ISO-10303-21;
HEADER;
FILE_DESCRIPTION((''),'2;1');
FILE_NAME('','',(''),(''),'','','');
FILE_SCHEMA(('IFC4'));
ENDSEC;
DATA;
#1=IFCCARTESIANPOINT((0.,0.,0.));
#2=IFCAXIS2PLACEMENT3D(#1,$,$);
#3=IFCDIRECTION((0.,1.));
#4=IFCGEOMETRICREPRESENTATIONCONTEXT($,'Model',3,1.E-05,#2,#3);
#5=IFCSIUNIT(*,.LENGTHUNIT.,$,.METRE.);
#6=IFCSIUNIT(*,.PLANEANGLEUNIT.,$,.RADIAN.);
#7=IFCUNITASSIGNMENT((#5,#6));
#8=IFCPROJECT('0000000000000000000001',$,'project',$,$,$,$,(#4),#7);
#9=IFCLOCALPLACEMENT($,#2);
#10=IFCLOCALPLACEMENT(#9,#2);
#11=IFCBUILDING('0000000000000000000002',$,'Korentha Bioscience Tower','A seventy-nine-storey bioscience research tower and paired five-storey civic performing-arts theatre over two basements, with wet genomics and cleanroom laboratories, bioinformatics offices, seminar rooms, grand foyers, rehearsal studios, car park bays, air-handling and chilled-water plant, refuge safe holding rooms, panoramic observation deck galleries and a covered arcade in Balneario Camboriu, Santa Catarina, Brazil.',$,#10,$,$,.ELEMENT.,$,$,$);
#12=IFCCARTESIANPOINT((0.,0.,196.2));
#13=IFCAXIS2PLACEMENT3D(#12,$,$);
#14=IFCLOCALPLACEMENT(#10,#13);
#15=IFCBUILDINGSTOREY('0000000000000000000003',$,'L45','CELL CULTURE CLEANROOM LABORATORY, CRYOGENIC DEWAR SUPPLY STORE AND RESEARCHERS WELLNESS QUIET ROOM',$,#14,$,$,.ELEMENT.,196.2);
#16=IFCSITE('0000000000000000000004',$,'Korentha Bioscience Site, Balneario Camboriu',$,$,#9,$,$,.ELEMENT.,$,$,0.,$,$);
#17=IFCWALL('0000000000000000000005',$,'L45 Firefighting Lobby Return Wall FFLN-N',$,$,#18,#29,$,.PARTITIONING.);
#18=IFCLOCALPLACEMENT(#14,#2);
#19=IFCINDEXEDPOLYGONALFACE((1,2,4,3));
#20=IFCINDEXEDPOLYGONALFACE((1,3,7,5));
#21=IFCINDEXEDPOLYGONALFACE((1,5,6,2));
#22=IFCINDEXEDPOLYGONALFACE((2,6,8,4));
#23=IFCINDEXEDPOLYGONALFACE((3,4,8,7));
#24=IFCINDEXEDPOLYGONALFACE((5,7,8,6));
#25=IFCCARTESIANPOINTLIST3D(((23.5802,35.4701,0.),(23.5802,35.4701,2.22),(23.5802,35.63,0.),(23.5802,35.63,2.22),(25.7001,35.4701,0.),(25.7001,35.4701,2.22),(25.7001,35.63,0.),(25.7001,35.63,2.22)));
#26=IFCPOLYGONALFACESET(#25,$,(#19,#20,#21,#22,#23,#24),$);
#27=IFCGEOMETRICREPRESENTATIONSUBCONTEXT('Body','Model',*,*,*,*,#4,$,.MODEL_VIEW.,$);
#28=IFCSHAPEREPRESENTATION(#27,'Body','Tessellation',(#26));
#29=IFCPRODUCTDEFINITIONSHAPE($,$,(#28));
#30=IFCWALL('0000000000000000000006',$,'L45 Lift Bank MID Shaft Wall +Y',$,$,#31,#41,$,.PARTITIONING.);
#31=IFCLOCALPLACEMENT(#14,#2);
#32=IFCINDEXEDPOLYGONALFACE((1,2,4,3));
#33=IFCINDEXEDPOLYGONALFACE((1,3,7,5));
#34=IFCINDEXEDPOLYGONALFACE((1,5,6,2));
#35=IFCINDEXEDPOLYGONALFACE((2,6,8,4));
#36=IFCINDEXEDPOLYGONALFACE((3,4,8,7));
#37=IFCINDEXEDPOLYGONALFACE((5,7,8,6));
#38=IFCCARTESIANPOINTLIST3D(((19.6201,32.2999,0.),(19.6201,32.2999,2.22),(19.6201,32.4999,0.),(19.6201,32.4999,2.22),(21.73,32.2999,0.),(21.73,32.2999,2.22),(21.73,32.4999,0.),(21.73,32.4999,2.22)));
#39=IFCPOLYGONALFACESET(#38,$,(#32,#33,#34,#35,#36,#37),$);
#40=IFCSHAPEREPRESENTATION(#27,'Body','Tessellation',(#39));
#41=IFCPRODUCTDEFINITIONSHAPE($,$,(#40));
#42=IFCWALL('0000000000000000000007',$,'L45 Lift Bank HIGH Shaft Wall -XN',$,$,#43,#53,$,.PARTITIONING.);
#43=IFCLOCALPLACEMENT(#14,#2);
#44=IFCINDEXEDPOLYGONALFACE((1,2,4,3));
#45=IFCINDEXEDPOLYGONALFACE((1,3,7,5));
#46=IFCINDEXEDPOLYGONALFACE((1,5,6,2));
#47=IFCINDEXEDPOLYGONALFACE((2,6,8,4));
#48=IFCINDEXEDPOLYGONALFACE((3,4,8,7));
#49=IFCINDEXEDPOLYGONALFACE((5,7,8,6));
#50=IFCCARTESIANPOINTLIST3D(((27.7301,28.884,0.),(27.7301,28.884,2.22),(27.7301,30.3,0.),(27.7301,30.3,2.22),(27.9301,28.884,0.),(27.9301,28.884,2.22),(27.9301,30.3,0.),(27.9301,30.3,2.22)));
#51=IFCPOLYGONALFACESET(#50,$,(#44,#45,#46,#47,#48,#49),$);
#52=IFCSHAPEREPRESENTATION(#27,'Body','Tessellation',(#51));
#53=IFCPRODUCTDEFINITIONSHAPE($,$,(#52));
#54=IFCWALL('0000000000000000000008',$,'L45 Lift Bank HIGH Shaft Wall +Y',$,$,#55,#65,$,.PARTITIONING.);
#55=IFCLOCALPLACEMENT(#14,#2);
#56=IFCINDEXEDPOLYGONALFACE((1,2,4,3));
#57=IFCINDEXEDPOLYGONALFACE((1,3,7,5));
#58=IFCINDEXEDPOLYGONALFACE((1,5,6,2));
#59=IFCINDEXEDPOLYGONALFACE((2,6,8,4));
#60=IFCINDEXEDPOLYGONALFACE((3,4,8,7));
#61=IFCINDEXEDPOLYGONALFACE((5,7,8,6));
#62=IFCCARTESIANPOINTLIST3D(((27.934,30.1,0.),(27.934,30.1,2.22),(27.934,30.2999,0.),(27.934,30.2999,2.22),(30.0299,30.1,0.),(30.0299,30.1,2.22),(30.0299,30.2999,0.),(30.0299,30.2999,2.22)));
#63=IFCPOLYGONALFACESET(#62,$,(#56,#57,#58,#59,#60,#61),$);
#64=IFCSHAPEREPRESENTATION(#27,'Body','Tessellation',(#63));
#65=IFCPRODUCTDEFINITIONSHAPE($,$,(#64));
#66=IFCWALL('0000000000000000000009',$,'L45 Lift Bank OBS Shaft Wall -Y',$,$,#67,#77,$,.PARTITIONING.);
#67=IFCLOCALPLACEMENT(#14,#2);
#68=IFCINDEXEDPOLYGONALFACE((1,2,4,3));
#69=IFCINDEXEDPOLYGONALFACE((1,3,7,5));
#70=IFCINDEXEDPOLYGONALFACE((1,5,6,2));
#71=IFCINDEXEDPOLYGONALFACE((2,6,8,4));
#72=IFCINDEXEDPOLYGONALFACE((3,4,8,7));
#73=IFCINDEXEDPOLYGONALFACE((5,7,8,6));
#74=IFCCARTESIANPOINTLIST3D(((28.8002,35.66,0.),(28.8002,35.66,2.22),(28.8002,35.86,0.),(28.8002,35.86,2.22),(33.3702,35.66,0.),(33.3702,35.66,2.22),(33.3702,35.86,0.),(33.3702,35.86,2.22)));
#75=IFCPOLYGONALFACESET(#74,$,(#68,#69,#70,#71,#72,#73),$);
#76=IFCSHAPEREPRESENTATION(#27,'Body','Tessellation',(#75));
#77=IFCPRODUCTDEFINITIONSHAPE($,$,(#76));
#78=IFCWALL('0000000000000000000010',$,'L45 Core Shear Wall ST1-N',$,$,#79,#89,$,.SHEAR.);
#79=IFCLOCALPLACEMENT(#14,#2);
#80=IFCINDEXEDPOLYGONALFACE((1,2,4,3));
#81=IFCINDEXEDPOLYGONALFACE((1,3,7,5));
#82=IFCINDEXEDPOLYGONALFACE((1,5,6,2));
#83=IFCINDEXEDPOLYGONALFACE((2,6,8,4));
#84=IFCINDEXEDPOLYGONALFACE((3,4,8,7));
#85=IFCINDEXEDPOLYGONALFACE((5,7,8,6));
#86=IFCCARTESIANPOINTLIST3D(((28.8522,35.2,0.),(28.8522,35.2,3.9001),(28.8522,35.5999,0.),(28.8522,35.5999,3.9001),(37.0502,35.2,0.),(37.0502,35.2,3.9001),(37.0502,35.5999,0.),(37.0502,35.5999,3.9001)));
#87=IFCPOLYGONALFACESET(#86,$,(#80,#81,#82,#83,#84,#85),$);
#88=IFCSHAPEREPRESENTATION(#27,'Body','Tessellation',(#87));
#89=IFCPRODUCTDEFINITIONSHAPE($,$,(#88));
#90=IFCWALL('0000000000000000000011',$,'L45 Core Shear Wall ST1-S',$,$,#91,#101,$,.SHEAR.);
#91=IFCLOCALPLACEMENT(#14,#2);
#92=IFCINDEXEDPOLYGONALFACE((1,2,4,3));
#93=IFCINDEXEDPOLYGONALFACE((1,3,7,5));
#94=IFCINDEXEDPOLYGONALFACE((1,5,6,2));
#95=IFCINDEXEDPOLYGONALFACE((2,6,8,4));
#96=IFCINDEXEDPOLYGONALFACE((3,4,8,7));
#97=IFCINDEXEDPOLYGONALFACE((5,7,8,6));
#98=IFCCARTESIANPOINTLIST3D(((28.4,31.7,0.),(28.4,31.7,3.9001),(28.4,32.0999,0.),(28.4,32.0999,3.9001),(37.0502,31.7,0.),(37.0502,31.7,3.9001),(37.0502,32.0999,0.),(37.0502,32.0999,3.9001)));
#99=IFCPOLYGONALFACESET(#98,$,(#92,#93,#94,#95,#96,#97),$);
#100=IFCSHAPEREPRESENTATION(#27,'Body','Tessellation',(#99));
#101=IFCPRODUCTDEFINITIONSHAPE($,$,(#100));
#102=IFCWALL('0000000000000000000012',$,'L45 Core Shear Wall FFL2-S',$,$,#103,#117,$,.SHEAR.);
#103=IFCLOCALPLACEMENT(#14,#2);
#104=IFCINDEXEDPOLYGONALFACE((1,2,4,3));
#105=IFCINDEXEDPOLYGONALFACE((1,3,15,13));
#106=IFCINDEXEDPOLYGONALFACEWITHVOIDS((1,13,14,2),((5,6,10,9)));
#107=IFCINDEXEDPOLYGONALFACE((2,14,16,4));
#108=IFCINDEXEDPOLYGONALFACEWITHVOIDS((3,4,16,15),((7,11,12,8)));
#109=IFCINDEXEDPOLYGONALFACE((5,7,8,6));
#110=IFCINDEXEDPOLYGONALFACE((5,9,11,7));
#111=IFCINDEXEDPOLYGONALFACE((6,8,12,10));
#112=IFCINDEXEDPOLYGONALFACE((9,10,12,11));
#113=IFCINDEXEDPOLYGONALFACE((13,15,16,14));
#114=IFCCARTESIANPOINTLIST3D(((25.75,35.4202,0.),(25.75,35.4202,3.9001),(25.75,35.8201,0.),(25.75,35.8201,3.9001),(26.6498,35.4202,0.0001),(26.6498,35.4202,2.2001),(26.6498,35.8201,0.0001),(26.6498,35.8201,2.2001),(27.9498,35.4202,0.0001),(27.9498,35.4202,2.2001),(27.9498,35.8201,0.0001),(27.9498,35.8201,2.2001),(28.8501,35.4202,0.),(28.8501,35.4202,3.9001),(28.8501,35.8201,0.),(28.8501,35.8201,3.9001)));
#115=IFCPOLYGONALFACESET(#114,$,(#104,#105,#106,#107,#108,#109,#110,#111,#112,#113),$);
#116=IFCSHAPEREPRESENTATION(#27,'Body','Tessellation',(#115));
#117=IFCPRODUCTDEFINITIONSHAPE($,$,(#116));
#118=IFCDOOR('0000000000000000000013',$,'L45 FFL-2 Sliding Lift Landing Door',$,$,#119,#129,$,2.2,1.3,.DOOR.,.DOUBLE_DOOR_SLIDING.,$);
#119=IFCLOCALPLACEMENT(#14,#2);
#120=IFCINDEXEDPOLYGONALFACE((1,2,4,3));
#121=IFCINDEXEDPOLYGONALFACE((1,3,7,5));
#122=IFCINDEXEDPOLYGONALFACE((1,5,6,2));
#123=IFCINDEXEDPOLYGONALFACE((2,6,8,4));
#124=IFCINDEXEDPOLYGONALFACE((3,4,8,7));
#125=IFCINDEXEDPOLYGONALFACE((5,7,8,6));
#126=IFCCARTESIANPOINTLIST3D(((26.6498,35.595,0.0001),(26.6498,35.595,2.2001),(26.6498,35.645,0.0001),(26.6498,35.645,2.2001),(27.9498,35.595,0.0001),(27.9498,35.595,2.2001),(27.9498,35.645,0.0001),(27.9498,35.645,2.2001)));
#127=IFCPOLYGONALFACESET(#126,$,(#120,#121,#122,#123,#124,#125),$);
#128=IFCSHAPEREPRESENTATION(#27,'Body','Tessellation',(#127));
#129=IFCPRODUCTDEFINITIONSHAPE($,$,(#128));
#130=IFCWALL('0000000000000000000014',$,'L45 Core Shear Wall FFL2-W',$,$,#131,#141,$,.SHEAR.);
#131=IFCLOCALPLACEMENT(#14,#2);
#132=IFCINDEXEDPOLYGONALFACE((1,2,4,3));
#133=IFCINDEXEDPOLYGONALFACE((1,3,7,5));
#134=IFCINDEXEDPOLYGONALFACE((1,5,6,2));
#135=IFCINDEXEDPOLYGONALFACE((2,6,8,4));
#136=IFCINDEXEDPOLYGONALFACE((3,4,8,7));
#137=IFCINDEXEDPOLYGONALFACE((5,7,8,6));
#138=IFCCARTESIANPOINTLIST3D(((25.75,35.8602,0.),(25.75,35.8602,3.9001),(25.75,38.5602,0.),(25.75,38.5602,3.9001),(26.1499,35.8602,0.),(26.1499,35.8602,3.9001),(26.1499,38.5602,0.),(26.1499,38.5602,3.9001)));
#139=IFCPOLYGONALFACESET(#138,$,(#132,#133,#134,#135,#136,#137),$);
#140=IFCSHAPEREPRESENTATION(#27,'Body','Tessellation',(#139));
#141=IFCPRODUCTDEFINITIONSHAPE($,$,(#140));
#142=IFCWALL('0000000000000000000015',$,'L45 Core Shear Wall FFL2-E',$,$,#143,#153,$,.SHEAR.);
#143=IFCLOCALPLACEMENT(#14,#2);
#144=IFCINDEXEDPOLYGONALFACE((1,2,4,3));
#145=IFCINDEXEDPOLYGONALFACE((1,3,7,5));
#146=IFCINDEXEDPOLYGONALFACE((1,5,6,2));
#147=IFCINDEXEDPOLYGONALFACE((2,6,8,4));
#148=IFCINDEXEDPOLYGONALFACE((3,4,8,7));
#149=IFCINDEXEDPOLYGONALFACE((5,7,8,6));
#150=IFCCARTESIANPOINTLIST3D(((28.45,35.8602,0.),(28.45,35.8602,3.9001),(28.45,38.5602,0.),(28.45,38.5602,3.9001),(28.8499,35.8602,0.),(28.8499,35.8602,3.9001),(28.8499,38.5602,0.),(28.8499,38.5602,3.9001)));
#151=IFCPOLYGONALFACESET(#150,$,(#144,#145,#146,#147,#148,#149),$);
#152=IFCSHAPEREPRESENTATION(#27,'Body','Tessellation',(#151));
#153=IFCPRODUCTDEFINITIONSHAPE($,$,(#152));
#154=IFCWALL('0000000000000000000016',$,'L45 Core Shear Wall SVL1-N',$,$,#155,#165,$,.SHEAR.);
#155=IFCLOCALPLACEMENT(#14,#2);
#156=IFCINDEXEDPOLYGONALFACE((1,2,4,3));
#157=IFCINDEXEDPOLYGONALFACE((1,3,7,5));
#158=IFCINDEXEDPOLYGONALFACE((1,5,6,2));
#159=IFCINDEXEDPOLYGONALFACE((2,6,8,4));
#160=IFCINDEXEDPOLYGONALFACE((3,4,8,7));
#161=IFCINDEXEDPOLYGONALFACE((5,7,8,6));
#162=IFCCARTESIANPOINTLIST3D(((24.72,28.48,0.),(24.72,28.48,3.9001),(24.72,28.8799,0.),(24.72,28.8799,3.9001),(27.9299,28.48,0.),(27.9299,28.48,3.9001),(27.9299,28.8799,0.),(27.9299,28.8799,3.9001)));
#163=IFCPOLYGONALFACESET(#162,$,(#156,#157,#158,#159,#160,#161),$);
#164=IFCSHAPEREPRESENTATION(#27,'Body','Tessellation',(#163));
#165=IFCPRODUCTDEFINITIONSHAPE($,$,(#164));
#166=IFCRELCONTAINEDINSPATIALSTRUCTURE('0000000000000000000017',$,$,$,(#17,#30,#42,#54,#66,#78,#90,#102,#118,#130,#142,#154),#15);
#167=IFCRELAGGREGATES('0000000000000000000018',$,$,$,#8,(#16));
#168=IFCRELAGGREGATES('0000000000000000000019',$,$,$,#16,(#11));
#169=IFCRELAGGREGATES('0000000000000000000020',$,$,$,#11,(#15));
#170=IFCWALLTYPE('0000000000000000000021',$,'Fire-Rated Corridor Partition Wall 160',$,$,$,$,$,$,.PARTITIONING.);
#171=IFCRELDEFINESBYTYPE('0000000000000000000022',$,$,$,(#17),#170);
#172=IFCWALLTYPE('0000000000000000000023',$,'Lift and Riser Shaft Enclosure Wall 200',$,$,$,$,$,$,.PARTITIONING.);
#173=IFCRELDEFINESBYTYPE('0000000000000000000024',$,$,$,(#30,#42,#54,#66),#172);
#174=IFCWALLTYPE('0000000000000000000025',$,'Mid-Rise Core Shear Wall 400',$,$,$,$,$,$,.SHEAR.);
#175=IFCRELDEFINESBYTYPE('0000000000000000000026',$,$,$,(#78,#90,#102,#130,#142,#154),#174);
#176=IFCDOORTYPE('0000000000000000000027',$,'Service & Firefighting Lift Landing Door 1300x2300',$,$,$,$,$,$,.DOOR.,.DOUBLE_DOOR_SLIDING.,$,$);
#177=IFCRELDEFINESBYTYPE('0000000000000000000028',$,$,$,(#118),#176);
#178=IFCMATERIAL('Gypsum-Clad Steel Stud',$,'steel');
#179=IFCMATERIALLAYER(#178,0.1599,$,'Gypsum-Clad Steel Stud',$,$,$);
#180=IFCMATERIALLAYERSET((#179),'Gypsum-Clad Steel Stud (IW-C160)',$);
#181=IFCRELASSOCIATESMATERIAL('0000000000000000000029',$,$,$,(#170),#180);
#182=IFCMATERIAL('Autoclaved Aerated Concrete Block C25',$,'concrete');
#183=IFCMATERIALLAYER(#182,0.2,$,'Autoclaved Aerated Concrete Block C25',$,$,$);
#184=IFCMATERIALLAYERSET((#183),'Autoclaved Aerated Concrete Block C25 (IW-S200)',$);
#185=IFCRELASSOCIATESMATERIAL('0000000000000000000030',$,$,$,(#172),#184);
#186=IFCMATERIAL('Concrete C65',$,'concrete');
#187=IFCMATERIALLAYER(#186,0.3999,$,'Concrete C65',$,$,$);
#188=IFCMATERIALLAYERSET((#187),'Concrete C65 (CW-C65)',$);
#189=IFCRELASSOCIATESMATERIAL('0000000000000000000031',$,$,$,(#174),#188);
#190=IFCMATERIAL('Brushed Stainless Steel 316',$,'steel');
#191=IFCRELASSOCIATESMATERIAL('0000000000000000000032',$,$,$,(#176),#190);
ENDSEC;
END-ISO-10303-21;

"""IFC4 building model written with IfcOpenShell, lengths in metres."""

from ifc_helpers import new_model, si_unit, direction, frame, frame_2d, origin, place, context, subcontext, project, spatial, rectangle, extrude, material, layer, layer_set, type_object, element, fill, save


model = new_model("IFC4")

# Units and contexts
model_context = context("Model", 3, precision=1e-05, world=origin(), true_north=direction((0.0, 1.0)))
body_context = subcontext(model_context, "Body", "Model", "MODEL_VIEW")
ifc_project = project(units=[si_unit("LENGTHUNIT", "METRE"), si_unit("PLANEANGLEUNIT", "RADIAN")], contexts=[model_context])

# Site, building, storey
site_placement = place(None, origin())
site = spatial("IfcSite", under=ifc_project, at=site_placement, Name="Korentha Bioscience Site, Balneario Camboriu", CompositionType="ELEMENT", RefElevation=0.0)
building_placement = place(site_placement, origin())
building = spatial("IfcBuilding", under=site, at=building_placement, Name="Korentha Bioscience Tower", Description="A seventy-nine-storey bioscience research tower and paired five-storey civic performing-arts theatre over two basements, with wet genomics and cleanroom laboratories, bioinformatics offices, seminar rooms, grand foyers, rehearsal studios, car park bays, air-handling and chilled-water plant, refuge safe holding rooms, panoramic observation deck galleries and a covered arcade in Balneario Camboriu, Santa Catarina, Brazil.", CompositionType="ELEMENT")
storey_placement = place(building_placement, frame((0.0, 0.0, 196.2)))
storey = spatial("IfcBuildingStorey", under=building, at=storey_placement, Name="L45", Description="CELL CULTURE CLEANROOM LABORATORY, CRYOGENIC DEWAR SUPPLY STORE AND RESEARCHERS WELLNESS QUIET ROOM", CompositionType="ELEMENT", Elevation=196.2)

# Shared definitions
ifc_material_1 = material(Name="Concrete C65", Category="concrete")

# Shared definitions
ifc_material_2 = material(Name="Gypsum-Clad Steel Stud", Category="steel")
ifc_layer_1 = layer(ifc_material_2, 0.1599, Name="Gypsum-Clad Steel Stud")
ifc_layer_set_1 = layer_set([ifc_layer_1], Name="Gypsum-Clad Steel Stud (IW-C160)")
wall_type_1 = type_object("IfcWallType", Name="Fire-Rated Corridor Partition Wall 160", PredefinedType="PARTITIONING", material=ifc_layer_set_1)

# Walls
wall_1_placement = place(storey_placement, frame((23.5801, 35.55, 0.0), z_axis=(0.0, 0.0, 1.0), x_axis=(1.0, 0.0, 0.0)))
element("IfcWall", 1, at=wall_1_placement, inside=storey, type_object=wall_type_1, Name="L45 Firefighting Lobby Return Wall FFLN-N", PredefinedType="PARTITIONING", context=body_context, shape_type="SweptSolid", body=[
    extrude(rectangle(XDim=2.1199, YDim=0.1599, at=frame_2d((1.0601, 0.0))), origin(), (0.0, 0.0, 1.0), 2.22),
])
ifc_material_3 = material(Name="Autoclaved Aerated Concrete Block C25", Category="concrete")
ifc_layer_2 = layer(ifc_material_3, 0.2, Name="Autoclaved Aerated Concrete Block C25")
ifc_layer_set_2 = layer_set([ifc_layer_2], Name="Autoclaved Aerated Concrete Block C25 (IW-S200)")
wall_type_2 = type_object("IfcWallType", Name="Lift and Riser Shaft Enclosure Wall 200", PredefinedType="PARTITIONING", material=ifc_layer_set_2)
wall_2_placement = place(storey_placement, frame((19.6201, 32.3999, 0.0), z_axis=(0.0, 0.0, 1.0), x_axis=(1.0, 0.0, 0.0)))
element("IfcWall", 2, at=wall_2_placement, inside=storey, type_object=wall_type_2, Name="L45 Lift Bank MID Shaft Wall +Y", PredefinedType="PARTITIONING", context=body_context, shape_type="SweptSolid", body=[
    extrude(rectangle(XDim=2.1099, YDim=0.2, at=frame_2d((1.0549, 0.0))), origin(), (0.0, 0.0, 1.0), 2.22),
])
wall_3_placement = place(storey_placement, frame((27.8301, 28.884, 0.0), z_axis=(0.0, 0.0, 1.0), x_axis=(0.0, 1.0, 0.0)))
element("IfcWall", 3, at=wall_3_placement, inside=storey, type_object=wall_type_2, Name="L45 Lift Bank HIGH Shaft Wall -XN", PredefinedType="PARTITIONING", context=body_context, shape_type="SweptSolid", body=[
    extrude(rectangle(XDim=1.416, YDim=0.2, at=frame_2d((0.708, 0.0))), origin(), (0.0, 0.0, 1.0), 2.22),
])
wall_4_placement = place(storey_placement, frame((27.9341, 30.2, 0.0), z_axis=(0.0, 0.0, 1.0), x_axis=(1.0, 0.0, 0.0)))
element("IfcWall", 4, at=wall_4_placement, inside=storey, type_object=wall_type_2, Name="L45 Lift Bank HIGH Shaft Wall +Y", PredefinedType="PARTITIONING", context=body_context, shape_type="SweptSolid", body=[
    extrude(rectangle(XDim=2.0959, YDim=0.2, at=frame_2d((1.0479, 0.0))), origin(), (0.0, 0.0, 1.0), 2.22),
])
wall_5_placement = place(storey_placement, frame((28.8, 35.76, 0.0), z_axis=(0.0, 0.0, 1.0), x_axis=(1.0, 0.0, 0.0)))
element("IfcWall", 5, at=wall_5_placement, inside=storey, type_object=wall_type_2, Name="L45 Lift Bank OBS Shaft Wall -Y", PredefinedType="PARTITIONING", context=body_context, shape_type="SweptSolid", body=[
    extrude(rectangle(XDim=4.5701, YDim=0.2, at=frame_2d((2.2852, 0.0))), origin(), (0.0, 0.0, 1.0), 2.22),
])
ifc_layer_3 = layer(ifc_material_1, 0.3999, Name="Concrete C65")
ifc_layer_set_3 = layer_set([ifc_layer_3], Name="Concrete C65 (CW-C65)")
wall_type_3 = type_object("IfcWallType", Name="Mid-Rise Core Shear Wall 400", PredefinedType="SHEAR", material=ifc_layer_set_3)
wall_6_placement = place(storey_placement, frame((28.8521, 35.3999, 0.0), z_axis=(0.0, 0.0, 1.0), x_axis=(1.0, 0.0, 0.0)))
element("IfcWall", 6, at=wall_6_placement, inside=storey, type_object=wall_type_3, Name="L45 Core Shear Wall ST1-N", PredefinedType="SHEAR", context=body_context, shape_type="SweptSolid", body=[
    extrude(rectangle(XDim=8.198, YDim=0.3999, at=frame_2d((4.0991, 0.0))), origin(), (0.0, 0.0, 1.0), 3.9001),
])
wall_7_placement = place(storey_placement, frame((28.3999, 31.8999, 0.0), z_axis=(0.0, 0.0, 1.0), x_axis=(1.0, 0.0, 0.0)))
element("IfcWall", 7, at=wall_7_placement, inside=storey, type_object=wall_type_3, Name="L45 Core Shear Wall ST1-S", PredefinedType="SHEAR", context=body_context, shape_type="SweptSolid", body=[
    extrude(rectangle(XDim=8.6501, YDim=0.3999, at=frame_2d((4.3252, 0.0))), origin(), (0.0, 0.0, 1.0), 3.9001),
])

# Wall, opening, door
wall_8_placement = place(storey_placement, frame((25.75, 35.6201, 0.0), z_axis=(0.0, 0.0, 1.0), x_axis=(1.0, 0.0, 0.0)))
wall_8 = element("IfcWall", 8, at=wall_8_placement, inside=storey, type_object=wall_type_3, Name="L45 Core Shear Wall FFL2-S", PredefinedType="SHEAR", context=body_context, shape_type="SweptSolid", body=[
    extrude(rectangle(XDim=3.1001, YDim=0.3999, at=frame_2d((1.55, 0.0))), origin(), (0.0, 0.0, 1.0), 3.9001),
])
opening_1_placement = place(wall_8_placement, frame((0.8999, 0.0, 0.0)))
opening_1 = element("IfcOpeningElement", 9, at=opening_1_placement, cuts=wall_8, PredefinedType="OPENING", context=body_context, shape_type="SweptSolid", body=[
    extrude(rectangle(XDim=1.3, YDim=2.2, at=frame_2d((0.6499, 1.1001))), frame((0.0, 0.2148, 0.0), z_axis=(0.0, -1.0, 0.0), x_axis=(1.0, 0.0, 0.0)), (0.0, 0.0, 1.0), 0.4297),
])
ifc_material_4 = material(Name="Brushed Stainless Steel 316", Category="steel")
door_type_1 = type_object("IfcDoorType", Name="Service & Firefighting Lift Landing Door 1300x2300", OperationType="DOUBLE_DOOR_SLIDING", PredefinedType="DOOR", material=ifc_material_4)
door_1_placement = place(opening_1_placement, origin())
door_1 = element("IfcDoor", 10, at=door_1_placement, inside=storey, type_object=door_type_1, Name="L45 FFL-2 Sliding Lift Landing Door", OperationType="DOUBLE_DOOR_SLIDING", OverallHeight=2.2, OverallWidth=1.3, PredefinedType="DOOR", context=body_context, shape_type="SweptSolid", body=[
    extrude(rectangle(XDim=1.3, YDim=2.2, at=frame_2d((0.6499, 1.1001))), frame((0.0, 0.0249, 0.0), z_axis=(0.0, -1.0, 0.0), x_axis=(1.0, 0.0, 0.0)), (0.0, 0.0, 1.0), 0.05),
])
fill(opening_1, door_1)

# Walls
for number, where, z_axis, x_axis, name in (
    (11, (25.95, 35.8601, 0.0), (0.0, 0.0, 1.0), (0.0, 1.0, 0.0), "L45 Core Shear Wall FFL2-W"),
    (12, (28.6499, 35.8601, 0.0), (0.0, 0.0, 1.0), (0.0, 1.0, 0.0), "L45 Core Shear Wall FFL2-E"),
):
    element("IfcWall", number, at=place(storey_placement, frame(where, z_axis=z_axis, x_axis=x_axis)), inside=storey, type_object=wall_type_3, Name=name, PredefinedType="SHEAR", context=body_context, shape_type="SweptSolid", body=[
        extrude(rectangle(XDim=2.7, YDim=0.3999, at=frame_2d((1.3501, 0.0))), origin(), (0.0, 0.0, 1.0), 3.9001),
    ])
wall_9_placement = place(storey_placement, frame((24.72, 28.6799, 0.0), z_axis=(0.0, 0.0, 1.0), x_axis=(1.0, 0.0, 0.0)))
element("IfcWall", 13, at=wall_9_placement, inside=storey, type_object=wall_type_3, Name="L45 Core Shear Wall SVL1-N", PredefinedType="SHEAR", context=body_context, shape_type="SweptSolid", body=[
    extrude(rectangle(XDim=3.21, YDim=0.3999, at=frame_2d((1.605, 0.0))), origin(), (0.0, 0.0, 1.0), 3.9001),
])

save(model, "model.ifc")
